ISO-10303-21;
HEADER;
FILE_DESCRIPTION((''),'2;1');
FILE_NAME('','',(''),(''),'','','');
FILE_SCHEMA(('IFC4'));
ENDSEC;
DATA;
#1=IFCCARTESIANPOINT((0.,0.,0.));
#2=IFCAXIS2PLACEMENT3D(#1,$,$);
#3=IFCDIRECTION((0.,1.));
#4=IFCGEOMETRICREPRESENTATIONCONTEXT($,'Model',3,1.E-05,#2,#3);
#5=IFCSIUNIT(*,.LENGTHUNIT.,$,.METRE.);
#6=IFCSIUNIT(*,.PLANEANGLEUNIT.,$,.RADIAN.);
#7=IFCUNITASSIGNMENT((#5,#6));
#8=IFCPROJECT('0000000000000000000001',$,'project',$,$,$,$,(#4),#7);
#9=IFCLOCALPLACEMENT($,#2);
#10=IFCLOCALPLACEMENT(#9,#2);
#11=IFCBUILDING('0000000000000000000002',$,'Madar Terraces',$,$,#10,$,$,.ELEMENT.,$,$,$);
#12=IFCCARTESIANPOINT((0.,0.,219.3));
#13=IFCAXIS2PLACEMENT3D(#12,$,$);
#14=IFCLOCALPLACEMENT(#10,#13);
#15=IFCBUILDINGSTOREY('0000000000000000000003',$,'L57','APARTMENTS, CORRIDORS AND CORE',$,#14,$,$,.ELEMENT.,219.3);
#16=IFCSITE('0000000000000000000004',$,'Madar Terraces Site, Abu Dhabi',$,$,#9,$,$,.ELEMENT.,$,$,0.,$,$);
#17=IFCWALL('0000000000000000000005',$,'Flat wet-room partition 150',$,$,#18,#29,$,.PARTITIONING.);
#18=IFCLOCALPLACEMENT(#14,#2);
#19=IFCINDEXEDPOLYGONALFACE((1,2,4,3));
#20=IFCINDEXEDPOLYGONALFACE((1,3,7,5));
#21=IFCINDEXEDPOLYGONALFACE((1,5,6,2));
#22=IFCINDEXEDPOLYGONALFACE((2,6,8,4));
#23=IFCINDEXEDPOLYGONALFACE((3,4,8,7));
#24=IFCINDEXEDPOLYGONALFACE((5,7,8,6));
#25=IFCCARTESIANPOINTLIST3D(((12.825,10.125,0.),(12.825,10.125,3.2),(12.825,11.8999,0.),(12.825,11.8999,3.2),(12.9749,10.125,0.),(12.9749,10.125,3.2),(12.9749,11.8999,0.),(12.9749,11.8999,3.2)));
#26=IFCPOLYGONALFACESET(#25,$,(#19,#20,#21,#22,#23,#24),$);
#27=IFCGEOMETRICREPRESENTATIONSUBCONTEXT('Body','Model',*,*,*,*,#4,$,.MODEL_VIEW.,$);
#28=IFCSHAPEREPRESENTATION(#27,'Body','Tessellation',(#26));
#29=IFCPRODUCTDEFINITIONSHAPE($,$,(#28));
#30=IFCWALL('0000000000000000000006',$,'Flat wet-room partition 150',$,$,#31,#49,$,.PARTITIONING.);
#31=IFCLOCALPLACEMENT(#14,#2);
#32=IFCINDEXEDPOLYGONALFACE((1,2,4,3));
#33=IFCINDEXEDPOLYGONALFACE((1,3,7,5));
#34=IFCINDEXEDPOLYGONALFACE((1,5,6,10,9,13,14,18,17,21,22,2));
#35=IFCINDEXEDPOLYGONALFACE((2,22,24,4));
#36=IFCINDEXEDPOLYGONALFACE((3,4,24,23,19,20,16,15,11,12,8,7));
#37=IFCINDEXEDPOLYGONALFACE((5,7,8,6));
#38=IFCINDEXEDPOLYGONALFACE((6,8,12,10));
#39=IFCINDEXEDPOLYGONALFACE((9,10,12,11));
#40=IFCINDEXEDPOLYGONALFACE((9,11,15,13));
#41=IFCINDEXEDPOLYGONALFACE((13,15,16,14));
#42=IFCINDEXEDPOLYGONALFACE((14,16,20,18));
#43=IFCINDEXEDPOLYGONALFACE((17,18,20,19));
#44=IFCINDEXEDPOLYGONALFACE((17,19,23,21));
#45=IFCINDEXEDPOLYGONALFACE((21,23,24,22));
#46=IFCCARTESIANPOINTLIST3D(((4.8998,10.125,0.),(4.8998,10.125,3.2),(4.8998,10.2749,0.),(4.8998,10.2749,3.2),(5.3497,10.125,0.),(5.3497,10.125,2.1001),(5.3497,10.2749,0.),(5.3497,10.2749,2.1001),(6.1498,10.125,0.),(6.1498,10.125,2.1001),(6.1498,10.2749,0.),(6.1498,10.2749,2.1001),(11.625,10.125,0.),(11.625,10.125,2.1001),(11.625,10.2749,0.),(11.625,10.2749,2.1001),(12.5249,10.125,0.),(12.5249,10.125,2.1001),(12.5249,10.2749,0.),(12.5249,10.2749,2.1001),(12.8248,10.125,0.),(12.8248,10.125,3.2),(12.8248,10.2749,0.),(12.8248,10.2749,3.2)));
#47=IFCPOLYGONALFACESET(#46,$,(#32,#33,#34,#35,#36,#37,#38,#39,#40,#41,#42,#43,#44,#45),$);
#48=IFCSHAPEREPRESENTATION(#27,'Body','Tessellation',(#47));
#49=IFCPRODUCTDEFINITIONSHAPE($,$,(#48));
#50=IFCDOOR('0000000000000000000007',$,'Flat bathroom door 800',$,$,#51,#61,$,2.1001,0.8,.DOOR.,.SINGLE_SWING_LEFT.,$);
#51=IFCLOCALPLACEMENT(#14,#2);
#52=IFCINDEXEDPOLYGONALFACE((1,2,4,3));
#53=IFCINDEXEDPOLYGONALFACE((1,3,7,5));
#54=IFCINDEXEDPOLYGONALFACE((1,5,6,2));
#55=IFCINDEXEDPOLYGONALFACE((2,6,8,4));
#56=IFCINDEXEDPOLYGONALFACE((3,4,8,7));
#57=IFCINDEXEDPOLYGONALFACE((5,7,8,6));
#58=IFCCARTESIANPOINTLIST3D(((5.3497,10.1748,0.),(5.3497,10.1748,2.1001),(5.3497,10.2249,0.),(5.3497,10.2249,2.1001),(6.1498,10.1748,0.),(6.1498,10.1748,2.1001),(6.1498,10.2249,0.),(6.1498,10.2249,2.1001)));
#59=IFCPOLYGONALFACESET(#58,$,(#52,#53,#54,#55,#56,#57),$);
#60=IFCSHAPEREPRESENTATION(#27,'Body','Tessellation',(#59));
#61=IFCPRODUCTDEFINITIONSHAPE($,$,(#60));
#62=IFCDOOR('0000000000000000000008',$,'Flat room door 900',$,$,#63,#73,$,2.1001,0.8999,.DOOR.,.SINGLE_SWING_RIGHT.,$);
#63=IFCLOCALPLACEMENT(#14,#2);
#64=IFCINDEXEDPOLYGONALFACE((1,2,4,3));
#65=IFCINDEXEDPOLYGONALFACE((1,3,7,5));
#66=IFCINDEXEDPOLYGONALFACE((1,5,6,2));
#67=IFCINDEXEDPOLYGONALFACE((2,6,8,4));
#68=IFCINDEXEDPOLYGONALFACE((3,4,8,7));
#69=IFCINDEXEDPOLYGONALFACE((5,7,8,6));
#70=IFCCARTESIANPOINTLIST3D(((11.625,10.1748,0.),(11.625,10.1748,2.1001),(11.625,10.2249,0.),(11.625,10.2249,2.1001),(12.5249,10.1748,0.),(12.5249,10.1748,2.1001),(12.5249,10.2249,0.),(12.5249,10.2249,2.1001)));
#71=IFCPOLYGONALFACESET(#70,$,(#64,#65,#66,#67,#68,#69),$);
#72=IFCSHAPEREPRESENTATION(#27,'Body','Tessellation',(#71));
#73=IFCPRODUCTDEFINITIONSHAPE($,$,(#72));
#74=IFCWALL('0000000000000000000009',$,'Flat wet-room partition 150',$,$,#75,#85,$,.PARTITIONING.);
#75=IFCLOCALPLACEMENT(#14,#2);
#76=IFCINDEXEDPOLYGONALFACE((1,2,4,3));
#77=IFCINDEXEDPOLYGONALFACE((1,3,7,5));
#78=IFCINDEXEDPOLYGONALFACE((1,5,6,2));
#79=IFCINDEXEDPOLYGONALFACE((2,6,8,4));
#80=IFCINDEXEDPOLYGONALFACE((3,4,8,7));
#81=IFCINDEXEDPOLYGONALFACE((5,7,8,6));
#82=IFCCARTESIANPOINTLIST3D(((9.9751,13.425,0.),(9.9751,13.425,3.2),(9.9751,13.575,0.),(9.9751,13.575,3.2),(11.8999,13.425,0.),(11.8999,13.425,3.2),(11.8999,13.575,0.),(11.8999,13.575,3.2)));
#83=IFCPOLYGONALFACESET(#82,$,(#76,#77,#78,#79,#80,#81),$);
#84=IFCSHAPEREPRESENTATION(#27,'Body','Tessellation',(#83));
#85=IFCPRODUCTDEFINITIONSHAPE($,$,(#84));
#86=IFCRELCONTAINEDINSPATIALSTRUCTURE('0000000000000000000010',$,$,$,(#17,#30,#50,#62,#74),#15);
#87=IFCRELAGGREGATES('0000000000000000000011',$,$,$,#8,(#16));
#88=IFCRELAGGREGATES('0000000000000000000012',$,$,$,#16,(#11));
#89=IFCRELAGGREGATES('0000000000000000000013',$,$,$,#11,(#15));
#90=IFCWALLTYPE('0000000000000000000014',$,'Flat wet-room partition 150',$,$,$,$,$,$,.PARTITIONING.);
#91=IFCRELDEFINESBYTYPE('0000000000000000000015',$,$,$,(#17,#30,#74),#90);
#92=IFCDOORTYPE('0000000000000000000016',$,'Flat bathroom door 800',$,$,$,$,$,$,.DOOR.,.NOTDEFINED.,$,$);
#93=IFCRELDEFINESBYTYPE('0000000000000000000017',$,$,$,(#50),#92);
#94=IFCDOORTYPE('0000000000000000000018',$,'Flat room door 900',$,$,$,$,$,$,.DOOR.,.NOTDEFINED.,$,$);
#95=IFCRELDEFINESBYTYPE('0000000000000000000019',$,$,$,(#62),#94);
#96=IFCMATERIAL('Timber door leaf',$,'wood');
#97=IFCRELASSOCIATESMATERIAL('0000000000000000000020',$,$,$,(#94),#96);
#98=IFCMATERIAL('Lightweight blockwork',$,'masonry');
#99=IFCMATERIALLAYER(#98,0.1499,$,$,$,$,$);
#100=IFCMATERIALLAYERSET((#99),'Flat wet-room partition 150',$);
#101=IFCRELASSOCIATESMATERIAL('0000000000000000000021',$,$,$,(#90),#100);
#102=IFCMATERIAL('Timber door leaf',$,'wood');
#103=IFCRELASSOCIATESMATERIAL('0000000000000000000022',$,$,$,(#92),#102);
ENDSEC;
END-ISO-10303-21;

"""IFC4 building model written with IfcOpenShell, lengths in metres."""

from ifc_helpers import new_model, si_unit, direction, frame, frame_2d, origin, place, context, subcontext, project, spatial, rectangle, extrude, material, layer, layer_set, type_object, element, fill, save


model = new_model("IFC4")

# Units and contexts
model_context = context("Model", 3, precision=1e-05, world=origin(), true_north=direction((0.0, 1.0)))
body_context = subcontext(model_context, "Body", "Model", "MODEL_VIEW")
ifc_project = project(units=[si_unit("LENGTHUNIT", "METRE"), si_unit("PLANEANGLEUNIT", "RADIAN")], contexts=[model_context])

# Site, building, storey
site_placement = place(None, origin())
site = spatial("IfcSite", under=ifc_project, at=site_placement, Name="Madar Terraces Site, Abu Dhabi", CompositionType="ELEMENT", RefElevation=0.0)
building_placement = place(site_placement, origin())
building = spatial("IfcBuilding", under=site, at=building_placement, Name="Madar Terraces", CompositionType="ELEMENT")
storey_placement = place(building_placement, frame((0.0, 0.0, 219.3)))
storey = spatial("IfcBuildingStorey", under=building, at=storey_placement, Name="L57", Description="APARTMENTS, CORRIDORS AND CORE", CompositionType="ELEMENT", Elevation=219.3)

# Shared definitions
ifc_material_1 = material(Name="Timber door leaf", Category="wood")
door_type_1 = type_object("IfcDoorType", Name="Flat room door 900", OperationType="NOTDEFINED", PredefinedType="DOOR", material=ifc_material_1)

# Wall
ifc_material_2 = material(Name="Lightweight blockwork", Category="masonry")
ifc_layer_1 = layer(ifc_material_2, 0.1499)
ifc_layer_set_1 = layer_set([ifc_layer_1], Name="Flat wet-room partition 150")
wall_type_1 = type_object("IfcWallType", Name="Flat wet-room partition 150", PredefinedType="PARTITIONING", material=ifc_layer_set_1)
wall_1_placement = place(storey_placement, frame((12.8999, 11.8999, 0.0), z_axis=(0.0, 0.0, 1.0), x_axis=(0.0, -1.0, 0.0)))
element("IfcWall", 1, at=wall_1_placement, inside=storey, type_object=wall_type_1, Name="Flat wet-room partition 150", PredefinedType="PARTITIONING", context=body_context, shape_type="SweptSolid", body=[
    extrude(rectangle(XDim=1.7749, YDim=0.1499, at=frame_2d((0.8875, 0.0))), origin(), (0.0, 0.0, 1.0), 3.2),
])

# Wall, openings, doors
wall_2_placement = place(storey_placement, frame((4.8999, 10.2, 0.0), z_axis=(0.0, 0.0, 1.0), x_axis=(1.0, 0.0, 0.0)))
wall_2 = element("IfcWall", 2, at=wall_2_placement, inside=storey, type_object=wall_type_1, Name="Flat wet-room partition 150", PredefinedType="PARTITIONING", context=body_context, shape_type="SweptSolid", body=[
    extrude(rectangle(XDim=7.925, YDim=0.1499, at=frame_2d((3.9624, 0.0))), origin(), (0.0, 0.0, 1.0), 3.2),
])
opening_1_placement = place(wall_2_placement, frame((6.7251, 0.0, 0.0)))
opening_1 = element("IfcOpeningElement", 3, at=opening_1_placement, cuts=wall_2, PredefinedType="OPENING", context=body_context, shape_type="SweptSolid", body=[
    extrude(rectangle(XDim=0.8999, YDim=2.1001, at=frame_2d((0.45, 1.05))), frame((0.0, 0.085, 0.0), z_axis=(0.0, -1.0, 0.0), x_axis=(1.0, 0.0, 0.0)), (0.0, 0.0, 1.0), 0.1699),
])
opening_2_placement = place(wall_2_placement, frame((0.45, 0.0, 0.0)))
opening_2 = element("IfcOpeningElement", 4, at=opening_2_placement, cuts=wall_2, PredefinedType="OPENING", context=body_context, shape_type="SweptSolid", body=[
    extrude(rectangle(XDim=0.8, YDim=2.1001, at=frame_2d((0.3999, 1.05))), frame((0.0, 0.085, 0.0), z_axis=(0.0, -1.0, 0.0), x_axis=(1.0, 0.0, 0.0)), (0.0, 0.0, 1.0), 0.1699),
])
ifc_material_3 = material(Name="Timber door leaf", Category="wood")
door_type_2 = type_object("IfcDoorType", Name="Flat bathroom door 800", OperationType="NOTDEFINED", PredefinedType="DOOR", material=ifc_material_3)
door_1_placement = place(opening_2_placement, origin())
door_1 = element("IfcDoor", 5, at=door_1_placement, inside=storey, type_object=door_type_2, Name="Flat bathroom door 800", OperationType="SINGLE_SWING_LEFT", OverallHeight=2.1001, OverallWidth=0.8, PredefinedType="DOOR", context=body_context, shape_type="SweptSolid", body=[
    extrude(rectangle(XDim=0.8, YDim=2.1001, at=frame_2d((0.3999, 1.05))), frame((0.0, 0.0249, 0.0), z_axis=(0.0, -1.0, 0.0), x_axis=(1.0, 0.0, 0.0)), (0.0, 0.0, 1.0), 0.05),
])
fill(opening_2, door_1)
door_2_placement = place(opening_1_placement, origin())
door_2 = element("IfcDoor", 6, at=door_2_placement, inside=storey, type_object=door_type_1, Name="Flat room door 900", OperationType="SINGLE_SWING_RIGHT", OverallHeight=2.1001, OverallWidth=0.8999, PredefinedType="DOOR", context=body_context, shape_type="SweptSolid", body=[
    extrude(rectangle(XDim=0.8999, YDim=2.1001, at=frame_2d((0.45, 1.05))), frame((0.0, 0.0249, 0.0), z_axis=(0.0, -1.0, 0.0), x_axis=(1.0, 0.0, 0.0)), (0.0, 0.0, 1.0), 0.05),
])
fill(opening_1, door_2)

# Wall
wall_3_placement = place(storey_placement, frame((11.8999, 13.5, 0.0), z_axis=(0.0, 0.0, 1.0), x_axis=(-1.0, 0.0, 0.0)))
element("IfcWall", 7, at=wall_3_placement, inside=storey, type_object=wall_type_1, Name="Flat wet-room partition 150", PredefinedType="PARTITIONING", context=body_context, shape_type="SweptSolid", body=[
    extrude(rectangle(XDim=1.9248, YDim=0.1499, at=frame_2d((0.9624, 0.0))), origin(), (0.0, 0.0, 1.0), 3.2),
])

save(model, "model.ifc")
